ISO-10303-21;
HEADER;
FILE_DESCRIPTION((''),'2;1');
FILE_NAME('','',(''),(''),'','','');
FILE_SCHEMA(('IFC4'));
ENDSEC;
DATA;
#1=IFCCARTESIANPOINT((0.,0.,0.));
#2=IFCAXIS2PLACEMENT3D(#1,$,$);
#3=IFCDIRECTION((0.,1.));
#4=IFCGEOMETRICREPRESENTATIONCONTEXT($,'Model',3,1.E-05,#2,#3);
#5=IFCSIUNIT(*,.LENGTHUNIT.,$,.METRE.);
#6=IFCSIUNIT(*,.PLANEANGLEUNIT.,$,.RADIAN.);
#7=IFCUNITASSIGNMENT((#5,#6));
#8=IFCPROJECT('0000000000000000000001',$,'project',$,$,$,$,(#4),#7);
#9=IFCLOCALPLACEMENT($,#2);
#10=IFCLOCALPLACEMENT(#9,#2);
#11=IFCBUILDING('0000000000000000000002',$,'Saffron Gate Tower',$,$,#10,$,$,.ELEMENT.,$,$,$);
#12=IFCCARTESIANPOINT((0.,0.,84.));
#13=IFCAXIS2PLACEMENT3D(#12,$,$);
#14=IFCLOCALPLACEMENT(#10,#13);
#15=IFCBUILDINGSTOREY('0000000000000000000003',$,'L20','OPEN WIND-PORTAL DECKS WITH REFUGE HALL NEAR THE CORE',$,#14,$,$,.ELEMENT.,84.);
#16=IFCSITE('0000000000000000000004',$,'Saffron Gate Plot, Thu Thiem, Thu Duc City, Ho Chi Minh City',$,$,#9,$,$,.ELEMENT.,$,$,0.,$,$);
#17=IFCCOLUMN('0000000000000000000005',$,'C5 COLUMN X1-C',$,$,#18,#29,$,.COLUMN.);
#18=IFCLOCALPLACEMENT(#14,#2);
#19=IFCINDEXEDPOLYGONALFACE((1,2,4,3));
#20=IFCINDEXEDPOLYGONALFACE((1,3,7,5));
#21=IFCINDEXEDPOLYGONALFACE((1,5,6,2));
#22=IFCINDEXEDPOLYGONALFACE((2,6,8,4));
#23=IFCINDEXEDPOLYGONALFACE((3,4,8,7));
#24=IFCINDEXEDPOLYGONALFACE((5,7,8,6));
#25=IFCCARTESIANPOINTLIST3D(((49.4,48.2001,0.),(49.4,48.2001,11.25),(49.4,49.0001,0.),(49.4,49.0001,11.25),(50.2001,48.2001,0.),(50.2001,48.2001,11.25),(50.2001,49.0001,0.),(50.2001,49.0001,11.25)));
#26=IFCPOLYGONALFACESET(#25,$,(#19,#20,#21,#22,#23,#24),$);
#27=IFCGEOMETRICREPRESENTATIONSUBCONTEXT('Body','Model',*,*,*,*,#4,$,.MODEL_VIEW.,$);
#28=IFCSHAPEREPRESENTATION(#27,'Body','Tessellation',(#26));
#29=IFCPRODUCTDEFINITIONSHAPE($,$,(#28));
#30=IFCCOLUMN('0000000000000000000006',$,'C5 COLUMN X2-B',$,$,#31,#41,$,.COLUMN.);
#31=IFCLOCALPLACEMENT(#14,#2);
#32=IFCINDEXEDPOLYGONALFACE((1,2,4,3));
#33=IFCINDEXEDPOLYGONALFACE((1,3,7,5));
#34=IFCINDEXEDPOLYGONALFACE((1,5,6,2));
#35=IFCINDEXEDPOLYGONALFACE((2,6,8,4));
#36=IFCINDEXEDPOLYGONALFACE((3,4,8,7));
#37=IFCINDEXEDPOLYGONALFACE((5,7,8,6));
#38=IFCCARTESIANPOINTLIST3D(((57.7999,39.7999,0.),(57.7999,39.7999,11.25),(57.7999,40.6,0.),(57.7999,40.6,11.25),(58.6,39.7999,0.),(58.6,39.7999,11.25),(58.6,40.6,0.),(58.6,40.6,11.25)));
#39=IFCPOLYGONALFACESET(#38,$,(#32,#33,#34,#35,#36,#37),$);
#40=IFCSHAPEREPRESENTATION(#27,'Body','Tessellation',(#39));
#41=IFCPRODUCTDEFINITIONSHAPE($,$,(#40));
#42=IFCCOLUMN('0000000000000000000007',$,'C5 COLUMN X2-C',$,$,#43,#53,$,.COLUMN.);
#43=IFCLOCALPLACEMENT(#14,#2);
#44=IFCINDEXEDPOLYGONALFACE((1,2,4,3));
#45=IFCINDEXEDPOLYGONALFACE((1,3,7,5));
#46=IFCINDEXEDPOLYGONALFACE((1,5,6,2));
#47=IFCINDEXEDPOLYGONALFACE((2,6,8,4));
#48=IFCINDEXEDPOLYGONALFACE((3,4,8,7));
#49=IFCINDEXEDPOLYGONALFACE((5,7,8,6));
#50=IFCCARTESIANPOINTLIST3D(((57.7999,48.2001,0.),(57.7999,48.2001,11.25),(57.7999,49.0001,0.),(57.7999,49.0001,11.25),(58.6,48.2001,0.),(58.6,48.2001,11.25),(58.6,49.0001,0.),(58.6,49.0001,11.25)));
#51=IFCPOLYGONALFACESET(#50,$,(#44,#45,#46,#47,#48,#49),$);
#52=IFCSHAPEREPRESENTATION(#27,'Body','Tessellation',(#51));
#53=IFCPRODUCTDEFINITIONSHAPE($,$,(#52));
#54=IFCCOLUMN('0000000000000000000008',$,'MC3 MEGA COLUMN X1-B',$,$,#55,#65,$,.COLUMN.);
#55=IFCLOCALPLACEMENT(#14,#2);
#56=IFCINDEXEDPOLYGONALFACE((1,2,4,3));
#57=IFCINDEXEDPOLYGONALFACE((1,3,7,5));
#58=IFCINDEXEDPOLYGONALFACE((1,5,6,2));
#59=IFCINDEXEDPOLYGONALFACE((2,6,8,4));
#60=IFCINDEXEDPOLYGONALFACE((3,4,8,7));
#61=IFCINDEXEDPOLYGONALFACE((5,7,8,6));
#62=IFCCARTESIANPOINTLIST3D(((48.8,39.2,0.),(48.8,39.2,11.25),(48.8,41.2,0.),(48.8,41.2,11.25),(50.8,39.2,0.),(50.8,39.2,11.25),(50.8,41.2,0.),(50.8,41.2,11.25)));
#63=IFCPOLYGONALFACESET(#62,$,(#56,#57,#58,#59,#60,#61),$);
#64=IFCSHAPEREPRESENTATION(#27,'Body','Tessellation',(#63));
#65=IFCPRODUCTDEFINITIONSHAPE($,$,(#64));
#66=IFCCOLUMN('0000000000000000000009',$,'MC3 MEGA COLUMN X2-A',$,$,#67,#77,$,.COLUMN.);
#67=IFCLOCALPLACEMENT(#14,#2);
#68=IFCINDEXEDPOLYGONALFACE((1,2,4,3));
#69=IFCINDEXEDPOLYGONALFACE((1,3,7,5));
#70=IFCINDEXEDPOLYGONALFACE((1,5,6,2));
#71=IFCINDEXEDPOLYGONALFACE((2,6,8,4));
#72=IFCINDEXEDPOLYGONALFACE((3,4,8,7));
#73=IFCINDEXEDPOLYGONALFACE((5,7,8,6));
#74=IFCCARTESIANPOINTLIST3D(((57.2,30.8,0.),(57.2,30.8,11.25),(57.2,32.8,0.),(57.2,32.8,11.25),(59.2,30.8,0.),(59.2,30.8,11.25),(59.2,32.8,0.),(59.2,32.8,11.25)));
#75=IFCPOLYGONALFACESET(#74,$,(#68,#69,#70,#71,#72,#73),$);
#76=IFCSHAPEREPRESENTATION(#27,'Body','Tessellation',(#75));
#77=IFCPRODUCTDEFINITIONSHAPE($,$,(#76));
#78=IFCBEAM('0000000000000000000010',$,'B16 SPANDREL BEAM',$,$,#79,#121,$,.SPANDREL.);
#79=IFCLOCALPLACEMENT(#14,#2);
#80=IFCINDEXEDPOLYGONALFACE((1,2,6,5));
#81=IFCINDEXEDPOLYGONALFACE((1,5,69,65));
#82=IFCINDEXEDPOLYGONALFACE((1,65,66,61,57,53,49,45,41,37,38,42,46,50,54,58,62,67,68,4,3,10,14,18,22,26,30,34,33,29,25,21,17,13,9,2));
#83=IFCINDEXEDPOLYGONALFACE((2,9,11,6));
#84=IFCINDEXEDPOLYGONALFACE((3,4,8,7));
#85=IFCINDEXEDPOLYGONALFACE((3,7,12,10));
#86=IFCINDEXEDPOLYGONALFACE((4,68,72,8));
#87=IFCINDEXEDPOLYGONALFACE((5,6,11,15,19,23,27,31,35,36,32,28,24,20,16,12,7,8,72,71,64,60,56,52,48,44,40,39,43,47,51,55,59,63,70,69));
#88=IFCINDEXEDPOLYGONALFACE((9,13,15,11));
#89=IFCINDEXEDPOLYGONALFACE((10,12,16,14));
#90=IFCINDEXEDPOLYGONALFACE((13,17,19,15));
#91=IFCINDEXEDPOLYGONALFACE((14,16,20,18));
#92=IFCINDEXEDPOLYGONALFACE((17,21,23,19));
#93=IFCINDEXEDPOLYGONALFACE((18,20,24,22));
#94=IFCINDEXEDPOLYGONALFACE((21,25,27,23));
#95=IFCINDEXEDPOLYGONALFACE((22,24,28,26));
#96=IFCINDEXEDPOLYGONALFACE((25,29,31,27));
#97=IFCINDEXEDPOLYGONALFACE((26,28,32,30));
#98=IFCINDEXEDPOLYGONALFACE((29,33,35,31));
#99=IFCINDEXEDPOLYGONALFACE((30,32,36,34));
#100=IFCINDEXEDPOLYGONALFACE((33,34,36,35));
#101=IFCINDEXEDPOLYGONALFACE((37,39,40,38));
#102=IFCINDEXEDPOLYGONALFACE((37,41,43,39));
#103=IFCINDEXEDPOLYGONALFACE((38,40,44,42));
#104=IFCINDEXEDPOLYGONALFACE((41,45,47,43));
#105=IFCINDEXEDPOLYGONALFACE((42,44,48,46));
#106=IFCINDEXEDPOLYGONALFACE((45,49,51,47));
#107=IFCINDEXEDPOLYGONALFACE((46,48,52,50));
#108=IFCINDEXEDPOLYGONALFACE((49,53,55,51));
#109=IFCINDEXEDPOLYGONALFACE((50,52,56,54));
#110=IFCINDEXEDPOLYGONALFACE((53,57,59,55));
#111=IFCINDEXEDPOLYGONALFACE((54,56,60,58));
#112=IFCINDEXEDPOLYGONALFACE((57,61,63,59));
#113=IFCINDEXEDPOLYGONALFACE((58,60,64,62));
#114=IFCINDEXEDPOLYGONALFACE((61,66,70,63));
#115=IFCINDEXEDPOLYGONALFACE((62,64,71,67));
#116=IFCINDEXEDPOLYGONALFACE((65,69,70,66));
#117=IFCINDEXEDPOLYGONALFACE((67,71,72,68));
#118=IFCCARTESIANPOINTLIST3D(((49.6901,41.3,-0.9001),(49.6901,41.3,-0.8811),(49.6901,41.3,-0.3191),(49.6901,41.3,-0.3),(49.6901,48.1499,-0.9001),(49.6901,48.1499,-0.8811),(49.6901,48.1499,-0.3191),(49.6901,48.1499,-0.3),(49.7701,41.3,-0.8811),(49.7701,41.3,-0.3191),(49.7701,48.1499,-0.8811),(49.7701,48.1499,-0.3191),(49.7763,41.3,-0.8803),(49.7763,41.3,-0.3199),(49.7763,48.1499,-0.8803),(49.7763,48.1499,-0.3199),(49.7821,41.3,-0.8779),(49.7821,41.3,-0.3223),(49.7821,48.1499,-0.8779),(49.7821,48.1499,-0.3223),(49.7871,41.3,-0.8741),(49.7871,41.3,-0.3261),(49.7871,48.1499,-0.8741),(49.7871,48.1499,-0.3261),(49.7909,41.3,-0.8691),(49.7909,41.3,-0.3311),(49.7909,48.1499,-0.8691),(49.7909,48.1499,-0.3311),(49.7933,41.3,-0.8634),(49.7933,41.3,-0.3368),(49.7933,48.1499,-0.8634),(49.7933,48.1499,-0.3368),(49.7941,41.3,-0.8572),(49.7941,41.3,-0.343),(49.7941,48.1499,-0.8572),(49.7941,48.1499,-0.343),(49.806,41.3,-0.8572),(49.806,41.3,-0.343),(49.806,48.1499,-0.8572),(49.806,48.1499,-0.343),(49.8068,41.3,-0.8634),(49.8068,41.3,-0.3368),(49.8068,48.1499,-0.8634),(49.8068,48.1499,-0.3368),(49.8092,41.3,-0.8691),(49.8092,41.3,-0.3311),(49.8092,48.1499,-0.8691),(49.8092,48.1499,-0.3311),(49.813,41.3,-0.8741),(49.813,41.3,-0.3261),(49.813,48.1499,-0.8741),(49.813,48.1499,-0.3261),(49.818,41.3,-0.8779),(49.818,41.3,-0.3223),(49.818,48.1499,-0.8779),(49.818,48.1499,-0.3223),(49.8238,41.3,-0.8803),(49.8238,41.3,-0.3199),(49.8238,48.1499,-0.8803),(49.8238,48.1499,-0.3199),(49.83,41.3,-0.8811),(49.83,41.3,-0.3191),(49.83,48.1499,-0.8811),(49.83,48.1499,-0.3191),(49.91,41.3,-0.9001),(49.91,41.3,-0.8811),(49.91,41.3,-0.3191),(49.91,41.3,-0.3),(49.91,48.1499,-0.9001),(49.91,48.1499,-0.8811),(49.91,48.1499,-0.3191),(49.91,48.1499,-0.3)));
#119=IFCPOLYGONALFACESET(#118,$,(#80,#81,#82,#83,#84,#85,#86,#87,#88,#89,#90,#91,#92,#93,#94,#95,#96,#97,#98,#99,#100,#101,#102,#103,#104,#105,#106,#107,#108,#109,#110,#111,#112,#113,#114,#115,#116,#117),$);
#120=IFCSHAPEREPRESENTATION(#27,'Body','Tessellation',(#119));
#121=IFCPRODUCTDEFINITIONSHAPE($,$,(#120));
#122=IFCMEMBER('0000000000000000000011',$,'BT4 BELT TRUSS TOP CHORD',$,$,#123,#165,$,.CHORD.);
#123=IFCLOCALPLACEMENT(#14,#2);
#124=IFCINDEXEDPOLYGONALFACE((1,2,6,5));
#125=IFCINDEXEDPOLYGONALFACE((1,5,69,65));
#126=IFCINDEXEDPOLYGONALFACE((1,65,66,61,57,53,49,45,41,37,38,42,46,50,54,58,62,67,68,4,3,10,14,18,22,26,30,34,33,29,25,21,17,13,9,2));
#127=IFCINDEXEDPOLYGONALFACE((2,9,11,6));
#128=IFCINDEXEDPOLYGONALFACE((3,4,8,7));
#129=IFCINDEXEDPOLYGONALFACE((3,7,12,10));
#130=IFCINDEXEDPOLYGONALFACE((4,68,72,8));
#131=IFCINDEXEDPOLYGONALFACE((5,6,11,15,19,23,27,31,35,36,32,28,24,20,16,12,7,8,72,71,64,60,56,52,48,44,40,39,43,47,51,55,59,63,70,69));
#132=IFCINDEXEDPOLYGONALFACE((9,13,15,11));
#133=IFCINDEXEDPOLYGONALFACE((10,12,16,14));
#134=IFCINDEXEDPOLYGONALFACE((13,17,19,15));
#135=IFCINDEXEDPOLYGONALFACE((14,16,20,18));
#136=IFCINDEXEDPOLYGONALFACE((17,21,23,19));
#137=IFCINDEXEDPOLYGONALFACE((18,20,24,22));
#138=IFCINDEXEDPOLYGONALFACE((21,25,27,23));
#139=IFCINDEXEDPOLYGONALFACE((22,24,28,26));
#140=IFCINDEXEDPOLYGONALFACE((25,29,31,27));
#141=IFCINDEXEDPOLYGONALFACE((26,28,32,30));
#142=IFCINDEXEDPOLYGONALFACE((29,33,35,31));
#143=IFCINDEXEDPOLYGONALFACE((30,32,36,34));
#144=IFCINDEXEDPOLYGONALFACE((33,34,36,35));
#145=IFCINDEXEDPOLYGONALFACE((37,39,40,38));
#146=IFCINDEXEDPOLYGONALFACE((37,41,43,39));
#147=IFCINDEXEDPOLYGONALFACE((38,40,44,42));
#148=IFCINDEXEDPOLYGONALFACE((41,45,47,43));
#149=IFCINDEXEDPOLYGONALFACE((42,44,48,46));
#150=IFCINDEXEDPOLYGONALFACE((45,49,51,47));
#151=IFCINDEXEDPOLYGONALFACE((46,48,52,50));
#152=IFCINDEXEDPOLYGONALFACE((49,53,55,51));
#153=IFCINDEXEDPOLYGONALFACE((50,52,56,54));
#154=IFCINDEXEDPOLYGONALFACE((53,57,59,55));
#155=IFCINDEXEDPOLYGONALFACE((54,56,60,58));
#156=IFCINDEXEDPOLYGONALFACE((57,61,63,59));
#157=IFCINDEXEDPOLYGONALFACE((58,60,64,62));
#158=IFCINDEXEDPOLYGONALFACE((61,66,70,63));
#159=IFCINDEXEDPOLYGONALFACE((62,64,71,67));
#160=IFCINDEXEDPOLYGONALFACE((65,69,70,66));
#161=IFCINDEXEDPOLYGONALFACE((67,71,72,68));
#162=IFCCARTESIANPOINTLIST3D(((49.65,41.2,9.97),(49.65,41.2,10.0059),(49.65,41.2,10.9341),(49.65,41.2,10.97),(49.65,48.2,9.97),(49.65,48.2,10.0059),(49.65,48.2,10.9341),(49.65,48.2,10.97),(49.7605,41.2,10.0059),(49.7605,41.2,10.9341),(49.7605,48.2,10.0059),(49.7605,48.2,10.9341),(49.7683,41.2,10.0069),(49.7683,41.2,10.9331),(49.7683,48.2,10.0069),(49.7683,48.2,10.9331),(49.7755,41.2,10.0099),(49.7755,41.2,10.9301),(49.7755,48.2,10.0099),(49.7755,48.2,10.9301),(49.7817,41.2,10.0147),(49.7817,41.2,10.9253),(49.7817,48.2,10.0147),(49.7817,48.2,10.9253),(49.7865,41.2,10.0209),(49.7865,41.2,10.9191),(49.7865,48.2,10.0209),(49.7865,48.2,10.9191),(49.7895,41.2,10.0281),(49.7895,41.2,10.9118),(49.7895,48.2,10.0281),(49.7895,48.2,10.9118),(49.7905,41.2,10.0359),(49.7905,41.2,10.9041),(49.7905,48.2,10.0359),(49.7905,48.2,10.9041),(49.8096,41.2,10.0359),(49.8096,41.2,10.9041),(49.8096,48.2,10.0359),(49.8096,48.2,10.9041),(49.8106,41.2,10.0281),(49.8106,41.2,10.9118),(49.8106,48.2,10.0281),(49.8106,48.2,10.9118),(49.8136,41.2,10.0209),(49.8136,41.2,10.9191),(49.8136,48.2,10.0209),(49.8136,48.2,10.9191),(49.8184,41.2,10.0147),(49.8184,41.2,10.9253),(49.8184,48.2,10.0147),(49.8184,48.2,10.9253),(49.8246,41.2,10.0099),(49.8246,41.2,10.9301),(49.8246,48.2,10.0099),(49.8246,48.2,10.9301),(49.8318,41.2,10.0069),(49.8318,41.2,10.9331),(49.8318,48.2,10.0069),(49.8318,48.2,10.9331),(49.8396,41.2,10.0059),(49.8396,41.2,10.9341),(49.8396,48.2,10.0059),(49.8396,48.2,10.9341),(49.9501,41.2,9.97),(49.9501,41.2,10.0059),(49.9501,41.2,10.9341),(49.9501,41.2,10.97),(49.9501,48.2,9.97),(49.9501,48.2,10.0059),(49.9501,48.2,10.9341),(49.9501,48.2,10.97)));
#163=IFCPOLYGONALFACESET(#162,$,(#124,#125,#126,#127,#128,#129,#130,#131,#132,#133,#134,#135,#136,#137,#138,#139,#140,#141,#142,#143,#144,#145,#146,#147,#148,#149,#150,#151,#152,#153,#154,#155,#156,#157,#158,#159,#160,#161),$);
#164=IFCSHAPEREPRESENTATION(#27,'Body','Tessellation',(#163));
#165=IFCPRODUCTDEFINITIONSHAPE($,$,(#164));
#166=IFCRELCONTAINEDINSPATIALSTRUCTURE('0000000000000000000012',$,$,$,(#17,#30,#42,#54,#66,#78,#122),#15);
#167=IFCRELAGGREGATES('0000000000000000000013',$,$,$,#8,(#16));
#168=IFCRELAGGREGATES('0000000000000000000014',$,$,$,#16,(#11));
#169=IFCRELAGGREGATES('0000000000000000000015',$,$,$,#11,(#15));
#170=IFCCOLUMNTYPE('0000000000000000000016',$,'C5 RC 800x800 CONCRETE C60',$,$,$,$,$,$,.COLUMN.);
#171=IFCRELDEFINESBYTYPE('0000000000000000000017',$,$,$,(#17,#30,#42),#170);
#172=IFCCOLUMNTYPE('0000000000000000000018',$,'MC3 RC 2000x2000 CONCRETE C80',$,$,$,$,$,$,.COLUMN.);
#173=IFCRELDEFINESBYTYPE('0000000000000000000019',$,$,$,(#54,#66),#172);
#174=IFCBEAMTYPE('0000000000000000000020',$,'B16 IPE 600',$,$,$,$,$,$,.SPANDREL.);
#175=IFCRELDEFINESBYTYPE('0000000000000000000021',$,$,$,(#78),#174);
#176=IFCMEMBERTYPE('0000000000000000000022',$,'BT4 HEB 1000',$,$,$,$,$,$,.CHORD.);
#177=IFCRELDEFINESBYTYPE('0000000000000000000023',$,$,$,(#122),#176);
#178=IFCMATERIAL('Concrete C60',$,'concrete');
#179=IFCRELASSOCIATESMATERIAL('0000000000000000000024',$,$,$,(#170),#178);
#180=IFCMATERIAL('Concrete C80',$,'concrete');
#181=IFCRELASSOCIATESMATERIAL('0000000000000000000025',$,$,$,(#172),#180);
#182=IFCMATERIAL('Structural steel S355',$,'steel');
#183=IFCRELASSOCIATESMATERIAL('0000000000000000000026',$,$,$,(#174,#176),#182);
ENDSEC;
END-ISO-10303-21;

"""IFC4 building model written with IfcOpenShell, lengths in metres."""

from ifc_helpers import new_model, si_unit, direction, frame, origin, origin_2d, place, context, subcontext, project, spatial, rectangle, i_section, extrude, material, material_profile, profile_set, type_object, element, save


model = new_model("IFC4")

# Units and contexts
model_context = context("Model", 3, precision=1e-05, world=origin(), true_north=direction((0.0, 1.0)))
body_context = subcontext(model_context, "Body", "Model", "MODEL_VIEW")
ifc_project = project(units=[si_unit("LENGTHUNIT", "METRE"), si_unit("PLANEANGLEUNIT", "RADIAN")], contexts=[model_context])

# Site, building, storey
site_placement = place(None, origin())
site = spatial("IfcSite", under=ifc_project, at=site_placement, Name="Saffron Gate Plot, Thu Thiem, Thu Duc City, Ho Chi Minh City", CompositionType="ELEMENT", RefElevation=0.0)
building_placement = place(site_placement, origin())
building = spatial("IfcBuilding", under=site, at=building_placement, Name="Saffron Gate Tower", CompositionType="ELEMENT")
storey_placement = place(building_placement, frame((0.0, 0.0, 84.0)))
storey = spatial("IfcBuildingStorey", under=building, at=storey_placement, Name="L20", Description="OPEN WIND-PORTAL DECKS WITH REFUGE HALL NEAR THE CORE", CompositionType="ELEMENT", Elevation=84.0)

# Columns
ifc_material_1 = material(Name="Concrete C60", Category="concrete")
ifc_material_profile_1 = material_profile(ifc_material_1, rectangle(XDim=0.8, YDim=0.8, at=origin_2d()))
ifc_profile_set_1 = profile_set([ifc_material_profile_1], Name="Concrete C60")
column_type_1 = type_object("IfcColumnType", Name="C5 RC 800x800 CONCRETE C60", PredefinedType="COLUMN", material=ifc_profile_set_1)
for number, where, z_axis, x_axis, name in (
    (1, (49.8, 48.6001, 0.0), (0.0, 0.0, 1.0), (1.0, 0.0, 0.0), "C5 COLUMN X1-C"),
    (2, (58.2, 40.2, 0.0), (0.0, 0.0, 1.0), (1.0, 0.0, 0.0), "C5 COLUMN X2-B"),
    (3, (58.2, 48.6001, 0.0), (0.0, 0.0, 1.0), (1.0, 0.0, 0.0), "C5 COLUMN X2-C"),
):
    element("IfcColumn", number, at=place(storey_placement, frame(where, z_axis=z_axis, x_axis=x_axis)), inside=storey, type_object=column_type_1, Name=name, PredefinedType="COLUMN", context=body_context, shape_type="SweptSolid", body=[
        extrude(rectangle(XDim=0.8, YDim=0.8, at=origin_2d()), origin(), (0.0, 0.0, 1.0), 11.25),
    ])
ifc_material_2 = material(Name="Concrete C80", Category="concrete")
ifc_material_profile_2 = material_profile(ifc_material_2, rectangle(XDim=2.0, YDim=2.0, at=origin_2d()))
ifc_profile_set_2 = profile_set([ifc_material_profile_2], Name="Concrete C80")
column_type_2 = type_object("IfcColumnType", Name="MC3 RC 2000x2000 CONCRETE C80", PredefinedType="COLUMN", material=ifc_profile_set_2)
for number, where, z_axis, x_axis, name in (
    (4, (49.8, 40.2, 0.0), (0.0, 0.0, 1.0), (1.0, 0.0, 0.0), "MC3 MEGA COLUMN X1-B"),
    (5, (58.2, 31.8, 0.0), (0.0, 0.0, 1.0), (1.0, 0.0, 0.0), "MC3 MEGA COLUMN X2-A"),
):
    element("IfcColumn", number, at=place(storey_placement, frame(where, z_axis=z_axis, x_axis=x_axis)), inside=storey, type_object=column_type_2, Name=name, PredefinedType="COLUMN", context=body_context, shape_type="SweptSolid", body=[
        extrude(rectangle(XDim=2.0, YDim=2.0, at=origin_2d()), origin(), (0.0, 0.0, 1.0), 11.25),
    ])

# Beam
ifc_material_3 = material(Name="Structural steel S355", Category="steel")
ifc_material_profile_3 = material_profile(ifc_material_3, i_section(OverallWidth=0.22, OverallDepth=0.6001, WebThickness=0.012, FlangeThickness=0.019, FilletRadius=0.0239, at=origin_2d()))
ifc_profile_set_3 = profile_set([ifc_material_profile_3], Name="Structural steel S355")
beam_type_1 = type_object("IfcBeamType", Name="B16 IPE 600", PredefinedType="SPANDREL", material=ifc_profile_set_3)
beam_1_placement = place(storey_placement, frame((49.8, 41.3, -0.6001), z_axis=(0.0, 1.0, 0.0), x_axis=(-1.0, 0.0, 0.0)))
element("IfcBeam", 6, at=beam_1_placement, inside=storey, type_object=beam_type_1, Name="B16 SPANDREL BEAM", PredefinedType="SPANDREL", context=body_context, shape_type="SweptSolid", body=[
    extrude(i_section(OverallWidth=0.22, OverallDepth=0.6001, WebThickness=0.012, FlangeThickness=0.019, FilletRadius=0.0239, at=origin_2d()), origin(), (0.0, 0.0, 1.0), 6.8499),
])

# Member
ifc_material_profile_4 = material_profile(ifc_material_3, i_section(OverallWidth=0.3, OverallDepth=1.0, WebThickness=0.019, FlangeThickness=0.0359, FilletRadius=0.03, at=origin_2d()))
ifc_profile_set_4 = profile_set([ifc_material_profile_4], Name="Structural steel S355")
member_type_1 = type_object("IfcMemberType", Name="BT4 HEB 1000", PredefinedType="CHORD", material=ifc_profile_set_4)
for number, where, z_axis, x_axis, name in (
    (7, (49.8, 41.2, 10.47), (0.0, 1.0, 0.0), (-1.0, 0.0, 0.0), "BT4 BELT TRUSS TOP CHORD"),
):
    element("IfcMember", number, at=place(storey_placement, frame(where, z_axis=z_axis, x_axis=x_axis)), inside=storey, type_object=member_type_1, Name=name, PredefinedType="CHORD", context=body_context, shape_type="SweptSolid", body=[
        extrude(i_section(OverallWidth=0.3, OverallDepth=1.0, WebThickness=0.019, FlangeThickness=0.0359, FilletRadius=0.03, at=origin_2d()), origin(), (0.0, 0.0, 1.0), 7.0),
    ])

save(model, "model.ifc")
